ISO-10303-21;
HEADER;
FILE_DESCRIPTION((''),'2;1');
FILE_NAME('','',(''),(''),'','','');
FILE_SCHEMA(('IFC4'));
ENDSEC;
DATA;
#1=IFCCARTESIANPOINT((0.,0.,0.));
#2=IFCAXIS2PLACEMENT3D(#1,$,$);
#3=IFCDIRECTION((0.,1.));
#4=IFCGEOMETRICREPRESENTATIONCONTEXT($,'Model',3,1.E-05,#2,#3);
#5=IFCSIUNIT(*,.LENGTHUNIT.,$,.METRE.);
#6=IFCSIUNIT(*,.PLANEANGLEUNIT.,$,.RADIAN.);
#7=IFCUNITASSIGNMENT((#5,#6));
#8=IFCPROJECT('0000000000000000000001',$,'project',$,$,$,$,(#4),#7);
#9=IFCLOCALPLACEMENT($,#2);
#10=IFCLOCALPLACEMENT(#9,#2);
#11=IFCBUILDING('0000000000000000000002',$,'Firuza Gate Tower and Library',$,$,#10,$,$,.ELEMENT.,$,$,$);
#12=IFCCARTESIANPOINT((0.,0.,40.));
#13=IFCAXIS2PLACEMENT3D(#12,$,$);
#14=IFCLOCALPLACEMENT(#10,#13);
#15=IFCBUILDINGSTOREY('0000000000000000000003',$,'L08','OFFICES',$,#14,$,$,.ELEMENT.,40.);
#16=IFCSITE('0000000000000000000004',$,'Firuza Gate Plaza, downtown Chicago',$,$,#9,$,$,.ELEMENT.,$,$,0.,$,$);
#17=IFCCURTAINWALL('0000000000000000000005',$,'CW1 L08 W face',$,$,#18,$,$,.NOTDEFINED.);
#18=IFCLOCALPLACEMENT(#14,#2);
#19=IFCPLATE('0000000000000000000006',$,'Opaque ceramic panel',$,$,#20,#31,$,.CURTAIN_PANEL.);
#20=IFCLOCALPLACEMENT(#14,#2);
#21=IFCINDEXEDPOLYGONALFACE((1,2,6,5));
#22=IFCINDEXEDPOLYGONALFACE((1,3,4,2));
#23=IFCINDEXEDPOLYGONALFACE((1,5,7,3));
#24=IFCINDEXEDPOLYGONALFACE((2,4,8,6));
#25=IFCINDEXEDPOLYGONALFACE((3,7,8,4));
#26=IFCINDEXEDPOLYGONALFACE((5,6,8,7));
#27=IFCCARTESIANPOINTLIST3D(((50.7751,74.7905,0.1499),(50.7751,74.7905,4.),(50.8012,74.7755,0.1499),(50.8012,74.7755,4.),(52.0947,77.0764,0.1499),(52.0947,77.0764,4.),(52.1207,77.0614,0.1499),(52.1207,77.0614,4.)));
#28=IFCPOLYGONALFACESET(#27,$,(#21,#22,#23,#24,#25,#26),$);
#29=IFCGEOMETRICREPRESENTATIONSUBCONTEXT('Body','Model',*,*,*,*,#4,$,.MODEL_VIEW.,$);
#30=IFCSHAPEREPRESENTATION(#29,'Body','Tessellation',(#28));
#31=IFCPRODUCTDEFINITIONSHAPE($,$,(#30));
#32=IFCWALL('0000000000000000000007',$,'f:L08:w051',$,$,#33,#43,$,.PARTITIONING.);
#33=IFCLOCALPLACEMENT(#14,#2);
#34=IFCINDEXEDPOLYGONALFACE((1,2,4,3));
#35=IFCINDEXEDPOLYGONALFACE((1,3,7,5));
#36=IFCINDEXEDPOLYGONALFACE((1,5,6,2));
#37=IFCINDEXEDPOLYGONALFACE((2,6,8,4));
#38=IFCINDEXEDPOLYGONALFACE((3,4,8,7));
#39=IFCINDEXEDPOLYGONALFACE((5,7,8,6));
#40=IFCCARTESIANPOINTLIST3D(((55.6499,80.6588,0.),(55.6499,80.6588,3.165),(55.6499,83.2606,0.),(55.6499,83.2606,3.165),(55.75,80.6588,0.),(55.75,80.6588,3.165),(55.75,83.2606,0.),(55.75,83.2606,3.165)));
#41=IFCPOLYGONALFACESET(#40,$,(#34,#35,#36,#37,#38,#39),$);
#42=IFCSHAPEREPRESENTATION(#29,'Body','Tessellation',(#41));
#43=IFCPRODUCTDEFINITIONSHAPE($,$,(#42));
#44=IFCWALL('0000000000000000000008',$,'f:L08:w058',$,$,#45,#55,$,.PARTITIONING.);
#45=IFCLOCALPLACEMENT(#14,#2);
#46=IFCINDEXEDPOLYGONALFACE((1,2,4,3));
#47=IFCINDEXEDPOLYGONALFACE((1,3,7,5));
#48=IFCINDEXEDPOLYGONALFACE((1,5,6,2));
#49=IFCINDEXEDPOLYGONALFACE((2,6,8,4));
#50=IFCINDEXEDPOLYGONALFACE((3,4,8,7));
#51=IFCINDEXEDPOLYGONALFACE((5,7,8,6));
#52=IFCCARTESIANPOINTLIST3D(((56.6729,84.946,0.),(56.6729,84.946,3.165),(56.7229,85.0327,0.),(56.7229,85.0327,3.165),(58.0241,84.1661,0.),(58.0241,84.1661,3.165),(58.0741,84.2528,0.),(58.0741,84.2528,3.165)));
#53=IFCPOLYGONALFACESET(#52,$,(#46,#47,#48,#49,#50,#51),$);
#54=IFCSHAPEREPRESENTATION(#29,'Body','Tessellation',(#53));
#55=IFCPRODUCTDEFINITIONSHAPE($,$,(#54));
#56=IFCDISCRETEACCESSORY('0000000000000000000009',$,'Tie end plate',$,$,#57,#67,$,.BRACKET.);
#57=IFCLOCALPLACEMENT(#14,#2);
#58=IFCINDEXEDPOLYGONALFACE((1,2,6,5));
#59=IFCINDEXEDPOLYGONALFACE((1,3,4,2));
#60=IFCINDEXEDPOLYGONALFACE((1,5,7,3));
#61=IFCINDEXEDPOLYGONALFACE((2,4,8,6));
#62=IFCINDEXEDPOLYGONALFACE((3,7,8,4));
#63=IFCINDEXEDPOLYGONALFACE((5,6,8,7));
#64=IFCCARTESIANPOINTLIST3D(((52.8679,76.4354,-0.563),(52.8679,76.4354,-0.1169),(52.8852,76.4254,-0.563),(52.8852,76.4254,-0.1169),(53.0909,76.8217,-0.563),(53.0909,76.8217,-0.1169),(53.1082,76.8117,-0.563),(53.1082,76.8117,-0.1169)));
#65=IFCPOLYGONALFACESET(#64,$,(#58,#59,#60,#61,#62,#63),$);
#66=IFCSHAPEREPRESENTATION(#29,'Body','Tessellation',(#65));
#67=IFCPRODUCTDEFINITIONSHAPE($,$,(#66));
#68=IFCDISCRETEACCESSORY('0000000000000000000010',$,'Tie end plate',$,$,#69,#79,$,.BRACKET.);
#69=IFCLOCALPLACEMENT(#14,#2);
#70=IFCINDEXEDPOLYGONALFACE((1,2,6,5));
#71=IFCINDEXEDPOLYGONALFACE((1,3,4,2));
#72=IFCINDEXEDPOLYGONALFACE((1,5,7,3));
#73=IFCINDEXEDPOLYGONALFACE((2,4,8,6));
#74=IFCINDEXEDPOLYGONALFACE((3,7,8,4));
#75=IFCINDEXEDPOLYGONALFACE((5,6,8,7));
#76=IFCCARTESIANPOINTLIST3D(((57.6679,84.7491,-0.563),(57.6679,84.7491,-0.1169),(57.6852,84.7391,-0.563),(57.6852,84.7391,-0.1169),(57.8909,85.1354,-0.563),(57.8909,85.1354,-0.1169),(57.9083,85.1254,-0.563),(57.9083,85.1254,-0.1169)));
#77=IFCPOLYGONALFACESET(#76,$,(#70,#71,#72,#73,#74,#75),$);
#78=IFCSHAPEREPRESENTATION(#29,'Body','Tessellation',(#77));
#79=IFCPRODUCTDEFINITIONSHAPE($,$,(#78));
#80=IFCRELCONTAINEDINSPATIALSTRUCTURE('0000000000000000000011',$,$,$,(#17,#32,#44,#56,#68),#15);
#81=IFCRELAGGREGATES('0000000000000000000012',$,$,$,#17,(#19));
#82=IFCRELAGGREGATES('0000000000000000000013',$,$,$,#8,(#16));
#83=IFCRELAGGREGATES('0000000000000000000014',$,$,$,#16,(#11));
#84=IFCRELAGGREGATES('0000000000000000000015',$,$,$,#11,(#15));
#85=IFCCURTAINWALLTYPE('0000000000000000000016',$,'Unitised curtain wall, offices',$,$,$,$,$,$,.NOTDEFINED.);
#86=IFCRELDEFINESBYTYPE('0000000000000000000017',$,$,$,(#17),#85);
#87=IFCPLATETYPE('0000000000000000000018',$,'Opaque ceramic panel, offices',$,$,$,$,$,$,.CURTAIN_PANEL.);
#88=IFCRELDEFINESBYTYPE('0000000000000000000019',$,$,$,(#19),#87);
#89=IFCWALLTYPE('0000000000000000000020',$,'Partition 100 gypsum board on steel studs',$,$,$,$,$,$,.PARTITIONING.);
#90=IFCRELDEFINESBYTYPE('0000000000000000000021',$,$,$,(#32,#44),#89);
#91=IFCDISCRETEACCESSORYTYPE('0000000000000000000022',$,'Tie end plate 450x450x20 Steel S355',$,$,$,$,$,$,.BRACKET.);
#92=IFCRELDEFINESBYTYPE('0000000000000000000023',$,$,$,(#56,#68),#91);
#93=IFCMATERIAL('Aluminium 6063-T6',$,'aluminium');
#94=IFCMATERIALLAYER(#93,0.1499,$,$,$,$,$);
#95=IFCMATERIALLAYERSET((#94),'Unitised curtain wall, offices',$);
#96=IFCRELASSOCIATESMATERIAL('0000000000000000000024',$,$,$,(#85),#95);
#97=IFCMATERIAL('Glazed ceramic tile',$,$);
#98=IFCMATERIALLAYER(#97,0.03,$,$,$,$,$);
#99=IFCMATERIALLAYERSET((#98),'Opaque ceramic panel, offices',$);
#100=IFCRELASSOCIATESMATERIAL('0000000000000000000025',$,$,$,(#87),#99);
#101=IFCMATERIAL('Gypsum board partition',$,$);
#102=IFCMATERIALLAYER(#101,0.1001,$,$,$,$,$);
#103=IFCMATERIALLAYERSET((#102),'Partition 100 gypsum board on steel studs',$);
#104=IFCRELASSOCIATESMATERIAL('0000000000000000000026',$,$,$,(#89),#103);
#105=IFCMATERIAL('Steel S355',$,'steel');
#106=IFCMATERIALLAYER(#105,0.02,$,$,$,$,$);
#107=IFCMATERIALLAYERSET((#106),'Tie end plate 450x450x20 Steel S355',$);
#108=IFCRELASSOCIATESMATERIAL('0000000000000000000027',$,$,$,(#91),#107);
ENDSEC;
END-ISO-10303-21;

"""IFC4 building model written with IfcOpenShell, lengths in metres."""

from ifc_helpers import new_model, si_unit, direction, frame, frame_2d, origin, origin_2d, place, context, subcontext, project, spatial, polyline, rectangle, outline, extrude, material, layer, layer_set, type_object, element, aggregate, save


model = new_model("IFC4")

# Units and contexts
model_context = context("Model", 3, precision=1e-05, world=origin(), true_north=direction((0.0, 1.0)))
body_context = subcontext(model_context, "Body", "Model", "MODEL_VIEW")
ifc_project = project(units=[si_unit("LENGTHUNIT", "METRE"), si_unit("PLANEANGLEUNIT", "RADIAN")], contexts=[model_context])

# Site, building, storey
site_placement = place(None, origin())
site = spatial("IfcSite", under=ifc_project, at=site_placement, Name="Firuza Gate Plaza, downtown Chicago", CompositionType="ELEMENT", RefElevation=0.0)
building_placement = place(site_placement, origin())
building = spatial("IfcBuilding", under=site, at=building_placement, Name="Firuza Gate Tower and Library", CompositionType="ELEMENT")
storey_placement = place(building_placement, frame((0.0, 0.0, 40.0)))
storey = spatial("IfcBuildingStorey", under=building, at=storey_placement, Name="L08", Description="OFFICES", CompositionType="ELEMENT", Elevation=40.0)

# Curtain wall
ifc_material_1 = material(Name="Aluminium 6063-T6", Category="aluminium")
ifc_layer_1 = layer(ifc_material_1, 0.1499)
ifc_layer_set_1 = layer_set([ifc_layer_1], Name="Unitised curtain wall, offices")
curtain_wall_type = type_object("IfcCurtainWallType", Name="Unitised curtain wall, offices", PredefinedType="NOTDEFINED", material=ifc_layer_set_1)
curtain_wall_placement = place(storey_placement, origin())
curtain_wall = element("IfcCurtainWall", 1, at=curtain_wall_placement, inside=storey, type_object=curtain_wall_type, Name="CW1 L08 W face", PredefinedType="NOTDEFINED")

# Plate
ifc_material_2 = material(Name="Glazed ceramic tile")
ifc_layer_2 = layer(ifc_material_2, 0.03)
ifc_layer_set_2 = layer_set([ifc_layer_2], Name="Opaque ceramic panel, offices")
plate_type_1 = type_object("IfcPlateType", Name="Opaque ceramic panel, offices", PredefinedType="CURTAIN_PANEL", material=ifc_layer_set_2)
plate_1_placement = place(storey_placement, frame((52.0947, 77.0764, 0.1499), z_axis=(-0.866055, 0.499949, 0.0), x_axis=(-0.499949, -0.866055, 0.0)))
plate_1 = element("IfcPlate", 2, at=plate_1_placement, type_object=plate_type_1, Name="Opaque ceramic panel", PredefinedType="CURTAIN_PANEL", context=body_context, shape_type="SweptSolid", body=[
    extrude(outline(polyline([(0.0, 0.0), (2.6394, 0.0), (2.6394, 3.8501), (0.0, 3.8501), (0.0, 0.0)])), origin(), (0.0, 0.0, -1.0), 0.03),
])
aggregate(curtain_wall, [plate_1])

# Walls
ifc_material_3 = material(Name="Gypsum board partition")
ifc_layer_3 = layer(ifc_material_3, 0.1001)
ifc_layer_set_3 = layer_set([ifc_layer_3], Name="Partition 100 gypsum board on steel studs")
wall_type = type_object("IfcWallType", Name="Partition 100 gypsum board on steel studs", PredefinedType="PARTITIONING", material=ifc_layer_set_3)
wall_1_placement = place(storey_placement, frame((55.7, 80.6589, 0.0), z_axis=(0.0, 0.0, 1.0), x_axis=(0.0, 1.0, 0.0)))
element("IfcWall", 3, at=wall_1_placement, inside=storey, type_object=wall_type, Name="f:L08:w051", PredefinedType="PARTITIONING", context=body_context, shape_type="SweptSolid", body=[
    extrude(rectangle(XDim=2.6018, YDim=0.1001, at=frame_2d((1.3008, 0.0))), origin(), (0.0, 0.0, 1.0), 3.165),
])
wall_2_placement = place(storey_placement, frame((58.0491, 84.2095, 0.0), z_axis=(0.0, 0.0, 1.0), x_axis=(-0.866097, 0.499876, 0.0)))
element("IfcWall", 4, at=wall_2_placement, inside=storey, type_object=wall_type, Name="f:L08:w058", PredefinedType="PARTITIONING", context=body_context, shape_type="SweptSolid", body=[
    extrude(rectangle(XDim=1.5601, YDim=0.1001, at=frame_2d((0.78, 0.0))), origin(), (0.0, 0.0, 1.0), 3.165),
])

# Discrete accessories
ifc_material_4 = material(Name="Steel S355", Category="steel")
ifc_layer_4 = layer(ifc_material_4, 0.02)
ifc_layer_set_4 = layer_set([ifc_layer_4], Name="Tie end plate 450x450x20 Steel S355")
discrete_accessory_type = type_object("IfcDiscreteAccessoryType", Name="Tie end plate 450x450x20 Steel S355", PredefinedType="BRACKET", material=ifc_layer_set_4)
for number, where, z_axis, x_axis, name in (
    (5, (52.988, 76.6235, -0.563), (0.0, 0.0, 1.0), (0.866025, -0.5, 0.0), "Tie end plate"),
    (6, (57.7881, 84.9373, -0.563), (0.0, 0.0, 1.0), (0.866025, -0.5, 0.0), "Tie end plate"),
):
    element("IfcDiscreteAccessory", number, at=place(storey_placement, frame(where, z_axis=z_axis, x_axis=x_axis)), inside=storey, type_object=discrete_accessory_type, Name=name, PredefinedType="BRACKET", context=body_context, shape_type="SweptSolid", body=[
        extrude(rectangle(XDim=0.02, YDim=0.446, at=origin_2d()), origin(), (0.0, 0.0, 1.0), 0.446),
    ])

save(model, "model.ifc")
